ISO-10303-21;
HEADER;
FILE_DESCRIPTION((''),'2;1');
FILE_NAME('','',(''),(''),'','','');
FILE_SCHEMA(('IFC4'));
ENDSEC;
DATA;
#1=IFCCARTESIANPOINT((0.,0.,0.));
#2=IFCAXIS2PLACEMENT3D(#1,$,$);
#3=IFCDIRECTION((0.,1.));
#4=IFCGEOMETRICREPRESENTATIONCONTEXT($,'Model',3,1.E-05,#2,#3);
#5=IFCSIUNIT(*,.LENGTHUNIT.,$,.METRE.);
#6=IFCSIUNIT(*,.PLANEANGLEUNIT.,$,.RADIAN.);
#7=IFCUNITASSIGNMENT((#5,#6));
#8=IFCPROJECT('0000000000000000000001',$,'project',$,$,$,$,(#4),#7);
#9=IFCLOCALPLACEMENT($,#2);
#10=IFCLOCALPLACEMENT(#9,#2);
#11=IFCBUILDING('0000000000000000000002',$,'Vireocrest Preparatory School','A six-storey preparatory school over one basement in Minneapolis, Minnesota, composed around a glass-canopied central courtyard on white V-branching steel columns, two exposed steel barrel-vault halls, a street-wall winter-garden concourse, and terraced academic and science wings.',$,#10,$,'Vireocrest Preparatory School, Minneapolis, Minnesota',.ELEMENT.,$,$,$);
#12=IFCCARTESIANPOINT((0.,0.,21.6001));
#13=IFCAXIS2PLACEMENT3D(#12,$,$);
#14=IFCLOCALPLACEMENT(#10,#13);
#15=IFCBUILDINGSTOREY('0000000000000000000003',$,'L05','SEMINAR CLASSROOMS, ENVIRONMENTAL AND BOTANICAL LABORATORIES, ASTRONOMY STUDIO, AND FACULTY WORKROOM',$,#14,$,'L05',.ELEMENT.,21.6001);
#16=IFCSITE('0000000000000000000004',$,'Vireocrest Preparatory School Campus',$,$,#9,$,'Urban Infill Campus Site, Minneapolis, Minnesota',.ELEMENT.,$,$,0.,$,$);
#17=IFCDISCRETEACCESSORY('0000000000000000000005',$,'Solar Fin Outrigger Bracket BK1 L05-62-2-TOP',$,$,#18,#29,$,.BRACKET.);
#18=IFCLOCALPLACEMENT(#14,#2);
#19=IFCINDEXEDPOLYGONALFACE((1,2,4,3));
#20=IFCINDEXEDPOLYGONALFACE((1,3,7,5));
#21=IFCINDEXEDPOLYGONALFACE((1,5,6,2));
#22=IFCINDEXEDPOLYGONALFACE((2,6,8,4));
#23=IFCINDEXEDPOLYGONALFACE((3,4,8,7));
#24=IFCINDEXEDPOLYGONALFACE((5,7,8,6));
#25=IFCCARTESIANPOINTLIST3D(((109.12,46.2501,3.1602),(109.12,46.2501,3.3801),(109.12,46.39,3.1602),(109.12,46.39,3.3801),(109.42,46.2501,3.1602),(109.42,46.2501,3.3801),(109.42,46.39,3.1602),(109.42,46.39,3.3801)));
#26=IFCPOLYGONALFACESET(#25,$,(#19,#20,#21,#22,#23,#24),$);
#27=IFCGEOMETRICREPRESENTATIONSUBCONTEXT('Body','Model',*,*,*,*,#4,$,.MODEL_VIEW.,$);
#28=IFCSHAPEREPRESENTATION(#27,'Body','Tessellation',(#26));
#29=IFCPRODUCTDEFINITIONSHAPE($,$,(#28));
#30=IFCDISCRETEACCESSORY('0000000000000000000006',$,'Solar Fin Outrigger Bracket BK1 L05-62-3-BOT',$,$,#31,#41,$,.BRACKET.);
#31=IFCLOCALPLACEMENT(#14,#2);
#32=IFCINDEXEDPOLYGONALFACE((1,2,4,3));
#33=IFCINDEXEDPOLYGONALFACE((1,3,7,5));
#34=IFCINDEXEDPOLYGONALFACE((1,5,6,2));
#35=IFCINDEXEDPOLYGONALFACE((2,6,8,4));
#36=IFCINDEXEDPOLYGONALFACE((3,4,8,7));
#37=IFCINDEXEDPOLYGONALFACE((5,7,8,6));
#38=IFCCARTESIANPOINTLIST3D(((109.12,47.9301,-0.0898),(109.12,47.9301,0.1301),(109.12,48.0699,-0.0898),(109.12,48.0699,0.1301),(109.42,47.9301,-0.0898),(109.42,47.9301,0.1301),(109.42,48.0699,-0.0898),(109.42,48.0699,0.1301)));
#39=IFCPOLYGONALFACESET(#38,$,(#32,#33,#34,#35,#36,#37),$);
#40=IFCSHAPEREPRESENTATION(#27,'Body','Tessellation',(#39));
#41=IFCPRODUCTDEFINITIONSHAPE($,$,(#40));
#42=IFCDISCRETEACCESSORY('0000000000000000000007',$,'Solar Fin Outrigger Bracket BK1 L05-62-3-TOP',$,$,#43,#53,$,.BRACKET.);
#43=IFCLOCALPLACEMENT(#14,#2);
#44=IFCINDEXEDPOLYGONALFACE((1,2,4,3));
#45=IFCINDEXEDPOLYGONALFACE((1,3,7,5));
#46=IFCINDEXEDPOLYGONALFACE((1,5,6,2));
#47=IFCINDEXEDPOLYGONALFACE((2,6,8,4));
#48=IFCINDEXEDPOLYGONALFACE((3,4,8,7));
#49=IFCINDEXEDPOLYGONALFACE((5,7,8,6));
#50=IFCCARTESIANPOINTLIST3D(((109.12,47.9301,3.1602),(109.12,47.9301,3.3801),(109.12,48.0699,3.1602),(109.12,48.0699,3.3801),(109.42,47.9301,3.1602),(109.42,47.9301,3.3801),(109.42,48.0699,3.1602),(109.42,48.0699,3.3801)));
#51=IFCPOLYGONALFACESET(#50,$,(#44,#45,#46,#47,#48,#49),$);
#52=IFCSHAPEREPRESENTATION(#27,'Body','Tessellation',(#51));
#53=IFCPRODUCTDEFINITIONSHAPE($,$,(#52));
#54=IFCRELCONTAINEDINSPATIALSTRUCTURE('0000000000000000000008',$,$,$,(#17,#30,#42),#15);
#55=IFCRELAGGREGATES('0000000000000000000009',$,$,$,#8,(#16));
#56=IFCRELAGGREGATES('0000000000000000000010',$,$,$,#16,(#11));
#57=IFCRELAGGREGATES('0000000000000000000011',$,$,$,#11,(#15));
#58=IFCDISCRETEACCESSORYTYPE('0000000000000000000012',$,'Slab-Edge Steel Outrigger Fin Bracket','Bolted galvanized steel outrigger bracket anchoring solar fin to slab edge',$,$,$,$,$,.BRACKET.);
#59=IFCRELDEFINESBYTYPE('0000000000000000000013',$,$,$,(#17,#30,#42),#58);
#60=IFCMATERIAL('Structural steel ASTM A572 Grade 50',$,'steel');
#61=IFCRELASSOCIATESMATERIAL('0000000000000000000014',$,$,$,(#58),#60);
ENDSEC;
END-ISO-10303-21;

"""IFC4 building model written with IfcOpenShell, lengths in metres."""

from ifc_helpers import new_model, si_unit, direction, frame, origin, origin_2d, place, context, subcontext, project, spatial, rectangle, extrude, material, type_object, element, save


model = new_model("IFC4")

# Units and contexts
model_context = context("Model", 3, precision=1e-05, world=origin(), true_north=direction((0.0, 1.0)))
body_context = subcontext(model_context, "Body", "Model", "MODEL_VIEW")
ifc_project = project(units=[si_unit("LENGTHUNIT", "METRE"), si_unit("PLANEANGLEUNIT", "RADIAN")], contexts=[model_context])

# Site, building, storey
site_placement = place(None, origin())
site = spatial("IfcSite", under=ifc_project, at=site_placement, Name="Vireocrest Preparatory School Campus", LongName="Urban Infill Campus Site, Minneapolis, Minnesota", CompositionType="ELEMENT", RefElevation=0.0)
building_placement = place(site_placement, origin())
building = spatial("IfcBuilding", under=site, at=building_placement, Name="Vireocrest Preparatory School", Description="A six-storey preparatory school over one basement in Minneapolis, Minnesota, composed around a glass-canopied central courtyard on white V-branching steel columns, two exposed steel barrel-vault halls, a street-wall winter-garden concourse, and terraced academic and science wings.", LongName="Vireocrest Preparatory School, Minneapolis, Minnesota", CompositionType="ELEMENT")
storey_placement = place(building_placement, frame((0.0, 0.0, 21.6001)))
storey = spatial("IfcBuildingStorey", under=building, at=storey_placement, Name="L05", Description="SEMINAR CLASSROOMS, ENVIRONMENTAL AND BOTANICAL LABORATORIES, ASTRONOMY STUDIO, AND FACULTY WORKROOM", LongName="L05", CompositionType="ELEMENT", Elevation=21.6001)

# Discrete accessories
ifc_material_1 = material(Name="Structural steel ASTM A572 Grade 50", Category="steel")
discrete_accessory_type = type_object("IfcDiscreteAccessoryType", Name="Slab-Edge Steel Outrigger Fin Bracket", Description="Bolted galvanized steel outrigger bracket anchoring solar fin to slab edge", PredefinedType="BRACKET", material=ifc_material_1)
for number, where, z_axis, x_axis, name in (
    (1, (109.27, 46.3201, 3.1602), (0.0, 0.0, 1.0), (0.0, -1.0, 0.0), "Solar Fin Outrigger Bracket BK1 L05-62-2-TOP"),
    (2, (109.27, 48.0, -0.0898), (0.0, 0.0, 1.0), (0.0, -1.0, 0.0), "Solar Fin Outrigger Bracket BK1 L05-62-3-BOT"),
    (3, (109.27, 48.0, 3.1602), (0.0, 0.0, 1.0), (0.0, -1.0, 0.0), "Solar Fin Outrigger Bracket BK1 L05-62-3-TOP"),
):
    element("IfcDiscreteAccessory", number, at=place(storey_placement, frame(where, z_axis=z_axis, x_axis=x_axis)), inside=storey, type_object=discrete_accessory_type, Name=name, PredefinedType="BRACKET", context=body_context, shape_type="SweptSolid", body=[
        extrude(rectangle(XDim=0.1399, YDim=0.3, at=origin_2d()), origin(), (0.0, 0.0, 1.0), 0.22),
    ])

save(model, "model.ifc")
